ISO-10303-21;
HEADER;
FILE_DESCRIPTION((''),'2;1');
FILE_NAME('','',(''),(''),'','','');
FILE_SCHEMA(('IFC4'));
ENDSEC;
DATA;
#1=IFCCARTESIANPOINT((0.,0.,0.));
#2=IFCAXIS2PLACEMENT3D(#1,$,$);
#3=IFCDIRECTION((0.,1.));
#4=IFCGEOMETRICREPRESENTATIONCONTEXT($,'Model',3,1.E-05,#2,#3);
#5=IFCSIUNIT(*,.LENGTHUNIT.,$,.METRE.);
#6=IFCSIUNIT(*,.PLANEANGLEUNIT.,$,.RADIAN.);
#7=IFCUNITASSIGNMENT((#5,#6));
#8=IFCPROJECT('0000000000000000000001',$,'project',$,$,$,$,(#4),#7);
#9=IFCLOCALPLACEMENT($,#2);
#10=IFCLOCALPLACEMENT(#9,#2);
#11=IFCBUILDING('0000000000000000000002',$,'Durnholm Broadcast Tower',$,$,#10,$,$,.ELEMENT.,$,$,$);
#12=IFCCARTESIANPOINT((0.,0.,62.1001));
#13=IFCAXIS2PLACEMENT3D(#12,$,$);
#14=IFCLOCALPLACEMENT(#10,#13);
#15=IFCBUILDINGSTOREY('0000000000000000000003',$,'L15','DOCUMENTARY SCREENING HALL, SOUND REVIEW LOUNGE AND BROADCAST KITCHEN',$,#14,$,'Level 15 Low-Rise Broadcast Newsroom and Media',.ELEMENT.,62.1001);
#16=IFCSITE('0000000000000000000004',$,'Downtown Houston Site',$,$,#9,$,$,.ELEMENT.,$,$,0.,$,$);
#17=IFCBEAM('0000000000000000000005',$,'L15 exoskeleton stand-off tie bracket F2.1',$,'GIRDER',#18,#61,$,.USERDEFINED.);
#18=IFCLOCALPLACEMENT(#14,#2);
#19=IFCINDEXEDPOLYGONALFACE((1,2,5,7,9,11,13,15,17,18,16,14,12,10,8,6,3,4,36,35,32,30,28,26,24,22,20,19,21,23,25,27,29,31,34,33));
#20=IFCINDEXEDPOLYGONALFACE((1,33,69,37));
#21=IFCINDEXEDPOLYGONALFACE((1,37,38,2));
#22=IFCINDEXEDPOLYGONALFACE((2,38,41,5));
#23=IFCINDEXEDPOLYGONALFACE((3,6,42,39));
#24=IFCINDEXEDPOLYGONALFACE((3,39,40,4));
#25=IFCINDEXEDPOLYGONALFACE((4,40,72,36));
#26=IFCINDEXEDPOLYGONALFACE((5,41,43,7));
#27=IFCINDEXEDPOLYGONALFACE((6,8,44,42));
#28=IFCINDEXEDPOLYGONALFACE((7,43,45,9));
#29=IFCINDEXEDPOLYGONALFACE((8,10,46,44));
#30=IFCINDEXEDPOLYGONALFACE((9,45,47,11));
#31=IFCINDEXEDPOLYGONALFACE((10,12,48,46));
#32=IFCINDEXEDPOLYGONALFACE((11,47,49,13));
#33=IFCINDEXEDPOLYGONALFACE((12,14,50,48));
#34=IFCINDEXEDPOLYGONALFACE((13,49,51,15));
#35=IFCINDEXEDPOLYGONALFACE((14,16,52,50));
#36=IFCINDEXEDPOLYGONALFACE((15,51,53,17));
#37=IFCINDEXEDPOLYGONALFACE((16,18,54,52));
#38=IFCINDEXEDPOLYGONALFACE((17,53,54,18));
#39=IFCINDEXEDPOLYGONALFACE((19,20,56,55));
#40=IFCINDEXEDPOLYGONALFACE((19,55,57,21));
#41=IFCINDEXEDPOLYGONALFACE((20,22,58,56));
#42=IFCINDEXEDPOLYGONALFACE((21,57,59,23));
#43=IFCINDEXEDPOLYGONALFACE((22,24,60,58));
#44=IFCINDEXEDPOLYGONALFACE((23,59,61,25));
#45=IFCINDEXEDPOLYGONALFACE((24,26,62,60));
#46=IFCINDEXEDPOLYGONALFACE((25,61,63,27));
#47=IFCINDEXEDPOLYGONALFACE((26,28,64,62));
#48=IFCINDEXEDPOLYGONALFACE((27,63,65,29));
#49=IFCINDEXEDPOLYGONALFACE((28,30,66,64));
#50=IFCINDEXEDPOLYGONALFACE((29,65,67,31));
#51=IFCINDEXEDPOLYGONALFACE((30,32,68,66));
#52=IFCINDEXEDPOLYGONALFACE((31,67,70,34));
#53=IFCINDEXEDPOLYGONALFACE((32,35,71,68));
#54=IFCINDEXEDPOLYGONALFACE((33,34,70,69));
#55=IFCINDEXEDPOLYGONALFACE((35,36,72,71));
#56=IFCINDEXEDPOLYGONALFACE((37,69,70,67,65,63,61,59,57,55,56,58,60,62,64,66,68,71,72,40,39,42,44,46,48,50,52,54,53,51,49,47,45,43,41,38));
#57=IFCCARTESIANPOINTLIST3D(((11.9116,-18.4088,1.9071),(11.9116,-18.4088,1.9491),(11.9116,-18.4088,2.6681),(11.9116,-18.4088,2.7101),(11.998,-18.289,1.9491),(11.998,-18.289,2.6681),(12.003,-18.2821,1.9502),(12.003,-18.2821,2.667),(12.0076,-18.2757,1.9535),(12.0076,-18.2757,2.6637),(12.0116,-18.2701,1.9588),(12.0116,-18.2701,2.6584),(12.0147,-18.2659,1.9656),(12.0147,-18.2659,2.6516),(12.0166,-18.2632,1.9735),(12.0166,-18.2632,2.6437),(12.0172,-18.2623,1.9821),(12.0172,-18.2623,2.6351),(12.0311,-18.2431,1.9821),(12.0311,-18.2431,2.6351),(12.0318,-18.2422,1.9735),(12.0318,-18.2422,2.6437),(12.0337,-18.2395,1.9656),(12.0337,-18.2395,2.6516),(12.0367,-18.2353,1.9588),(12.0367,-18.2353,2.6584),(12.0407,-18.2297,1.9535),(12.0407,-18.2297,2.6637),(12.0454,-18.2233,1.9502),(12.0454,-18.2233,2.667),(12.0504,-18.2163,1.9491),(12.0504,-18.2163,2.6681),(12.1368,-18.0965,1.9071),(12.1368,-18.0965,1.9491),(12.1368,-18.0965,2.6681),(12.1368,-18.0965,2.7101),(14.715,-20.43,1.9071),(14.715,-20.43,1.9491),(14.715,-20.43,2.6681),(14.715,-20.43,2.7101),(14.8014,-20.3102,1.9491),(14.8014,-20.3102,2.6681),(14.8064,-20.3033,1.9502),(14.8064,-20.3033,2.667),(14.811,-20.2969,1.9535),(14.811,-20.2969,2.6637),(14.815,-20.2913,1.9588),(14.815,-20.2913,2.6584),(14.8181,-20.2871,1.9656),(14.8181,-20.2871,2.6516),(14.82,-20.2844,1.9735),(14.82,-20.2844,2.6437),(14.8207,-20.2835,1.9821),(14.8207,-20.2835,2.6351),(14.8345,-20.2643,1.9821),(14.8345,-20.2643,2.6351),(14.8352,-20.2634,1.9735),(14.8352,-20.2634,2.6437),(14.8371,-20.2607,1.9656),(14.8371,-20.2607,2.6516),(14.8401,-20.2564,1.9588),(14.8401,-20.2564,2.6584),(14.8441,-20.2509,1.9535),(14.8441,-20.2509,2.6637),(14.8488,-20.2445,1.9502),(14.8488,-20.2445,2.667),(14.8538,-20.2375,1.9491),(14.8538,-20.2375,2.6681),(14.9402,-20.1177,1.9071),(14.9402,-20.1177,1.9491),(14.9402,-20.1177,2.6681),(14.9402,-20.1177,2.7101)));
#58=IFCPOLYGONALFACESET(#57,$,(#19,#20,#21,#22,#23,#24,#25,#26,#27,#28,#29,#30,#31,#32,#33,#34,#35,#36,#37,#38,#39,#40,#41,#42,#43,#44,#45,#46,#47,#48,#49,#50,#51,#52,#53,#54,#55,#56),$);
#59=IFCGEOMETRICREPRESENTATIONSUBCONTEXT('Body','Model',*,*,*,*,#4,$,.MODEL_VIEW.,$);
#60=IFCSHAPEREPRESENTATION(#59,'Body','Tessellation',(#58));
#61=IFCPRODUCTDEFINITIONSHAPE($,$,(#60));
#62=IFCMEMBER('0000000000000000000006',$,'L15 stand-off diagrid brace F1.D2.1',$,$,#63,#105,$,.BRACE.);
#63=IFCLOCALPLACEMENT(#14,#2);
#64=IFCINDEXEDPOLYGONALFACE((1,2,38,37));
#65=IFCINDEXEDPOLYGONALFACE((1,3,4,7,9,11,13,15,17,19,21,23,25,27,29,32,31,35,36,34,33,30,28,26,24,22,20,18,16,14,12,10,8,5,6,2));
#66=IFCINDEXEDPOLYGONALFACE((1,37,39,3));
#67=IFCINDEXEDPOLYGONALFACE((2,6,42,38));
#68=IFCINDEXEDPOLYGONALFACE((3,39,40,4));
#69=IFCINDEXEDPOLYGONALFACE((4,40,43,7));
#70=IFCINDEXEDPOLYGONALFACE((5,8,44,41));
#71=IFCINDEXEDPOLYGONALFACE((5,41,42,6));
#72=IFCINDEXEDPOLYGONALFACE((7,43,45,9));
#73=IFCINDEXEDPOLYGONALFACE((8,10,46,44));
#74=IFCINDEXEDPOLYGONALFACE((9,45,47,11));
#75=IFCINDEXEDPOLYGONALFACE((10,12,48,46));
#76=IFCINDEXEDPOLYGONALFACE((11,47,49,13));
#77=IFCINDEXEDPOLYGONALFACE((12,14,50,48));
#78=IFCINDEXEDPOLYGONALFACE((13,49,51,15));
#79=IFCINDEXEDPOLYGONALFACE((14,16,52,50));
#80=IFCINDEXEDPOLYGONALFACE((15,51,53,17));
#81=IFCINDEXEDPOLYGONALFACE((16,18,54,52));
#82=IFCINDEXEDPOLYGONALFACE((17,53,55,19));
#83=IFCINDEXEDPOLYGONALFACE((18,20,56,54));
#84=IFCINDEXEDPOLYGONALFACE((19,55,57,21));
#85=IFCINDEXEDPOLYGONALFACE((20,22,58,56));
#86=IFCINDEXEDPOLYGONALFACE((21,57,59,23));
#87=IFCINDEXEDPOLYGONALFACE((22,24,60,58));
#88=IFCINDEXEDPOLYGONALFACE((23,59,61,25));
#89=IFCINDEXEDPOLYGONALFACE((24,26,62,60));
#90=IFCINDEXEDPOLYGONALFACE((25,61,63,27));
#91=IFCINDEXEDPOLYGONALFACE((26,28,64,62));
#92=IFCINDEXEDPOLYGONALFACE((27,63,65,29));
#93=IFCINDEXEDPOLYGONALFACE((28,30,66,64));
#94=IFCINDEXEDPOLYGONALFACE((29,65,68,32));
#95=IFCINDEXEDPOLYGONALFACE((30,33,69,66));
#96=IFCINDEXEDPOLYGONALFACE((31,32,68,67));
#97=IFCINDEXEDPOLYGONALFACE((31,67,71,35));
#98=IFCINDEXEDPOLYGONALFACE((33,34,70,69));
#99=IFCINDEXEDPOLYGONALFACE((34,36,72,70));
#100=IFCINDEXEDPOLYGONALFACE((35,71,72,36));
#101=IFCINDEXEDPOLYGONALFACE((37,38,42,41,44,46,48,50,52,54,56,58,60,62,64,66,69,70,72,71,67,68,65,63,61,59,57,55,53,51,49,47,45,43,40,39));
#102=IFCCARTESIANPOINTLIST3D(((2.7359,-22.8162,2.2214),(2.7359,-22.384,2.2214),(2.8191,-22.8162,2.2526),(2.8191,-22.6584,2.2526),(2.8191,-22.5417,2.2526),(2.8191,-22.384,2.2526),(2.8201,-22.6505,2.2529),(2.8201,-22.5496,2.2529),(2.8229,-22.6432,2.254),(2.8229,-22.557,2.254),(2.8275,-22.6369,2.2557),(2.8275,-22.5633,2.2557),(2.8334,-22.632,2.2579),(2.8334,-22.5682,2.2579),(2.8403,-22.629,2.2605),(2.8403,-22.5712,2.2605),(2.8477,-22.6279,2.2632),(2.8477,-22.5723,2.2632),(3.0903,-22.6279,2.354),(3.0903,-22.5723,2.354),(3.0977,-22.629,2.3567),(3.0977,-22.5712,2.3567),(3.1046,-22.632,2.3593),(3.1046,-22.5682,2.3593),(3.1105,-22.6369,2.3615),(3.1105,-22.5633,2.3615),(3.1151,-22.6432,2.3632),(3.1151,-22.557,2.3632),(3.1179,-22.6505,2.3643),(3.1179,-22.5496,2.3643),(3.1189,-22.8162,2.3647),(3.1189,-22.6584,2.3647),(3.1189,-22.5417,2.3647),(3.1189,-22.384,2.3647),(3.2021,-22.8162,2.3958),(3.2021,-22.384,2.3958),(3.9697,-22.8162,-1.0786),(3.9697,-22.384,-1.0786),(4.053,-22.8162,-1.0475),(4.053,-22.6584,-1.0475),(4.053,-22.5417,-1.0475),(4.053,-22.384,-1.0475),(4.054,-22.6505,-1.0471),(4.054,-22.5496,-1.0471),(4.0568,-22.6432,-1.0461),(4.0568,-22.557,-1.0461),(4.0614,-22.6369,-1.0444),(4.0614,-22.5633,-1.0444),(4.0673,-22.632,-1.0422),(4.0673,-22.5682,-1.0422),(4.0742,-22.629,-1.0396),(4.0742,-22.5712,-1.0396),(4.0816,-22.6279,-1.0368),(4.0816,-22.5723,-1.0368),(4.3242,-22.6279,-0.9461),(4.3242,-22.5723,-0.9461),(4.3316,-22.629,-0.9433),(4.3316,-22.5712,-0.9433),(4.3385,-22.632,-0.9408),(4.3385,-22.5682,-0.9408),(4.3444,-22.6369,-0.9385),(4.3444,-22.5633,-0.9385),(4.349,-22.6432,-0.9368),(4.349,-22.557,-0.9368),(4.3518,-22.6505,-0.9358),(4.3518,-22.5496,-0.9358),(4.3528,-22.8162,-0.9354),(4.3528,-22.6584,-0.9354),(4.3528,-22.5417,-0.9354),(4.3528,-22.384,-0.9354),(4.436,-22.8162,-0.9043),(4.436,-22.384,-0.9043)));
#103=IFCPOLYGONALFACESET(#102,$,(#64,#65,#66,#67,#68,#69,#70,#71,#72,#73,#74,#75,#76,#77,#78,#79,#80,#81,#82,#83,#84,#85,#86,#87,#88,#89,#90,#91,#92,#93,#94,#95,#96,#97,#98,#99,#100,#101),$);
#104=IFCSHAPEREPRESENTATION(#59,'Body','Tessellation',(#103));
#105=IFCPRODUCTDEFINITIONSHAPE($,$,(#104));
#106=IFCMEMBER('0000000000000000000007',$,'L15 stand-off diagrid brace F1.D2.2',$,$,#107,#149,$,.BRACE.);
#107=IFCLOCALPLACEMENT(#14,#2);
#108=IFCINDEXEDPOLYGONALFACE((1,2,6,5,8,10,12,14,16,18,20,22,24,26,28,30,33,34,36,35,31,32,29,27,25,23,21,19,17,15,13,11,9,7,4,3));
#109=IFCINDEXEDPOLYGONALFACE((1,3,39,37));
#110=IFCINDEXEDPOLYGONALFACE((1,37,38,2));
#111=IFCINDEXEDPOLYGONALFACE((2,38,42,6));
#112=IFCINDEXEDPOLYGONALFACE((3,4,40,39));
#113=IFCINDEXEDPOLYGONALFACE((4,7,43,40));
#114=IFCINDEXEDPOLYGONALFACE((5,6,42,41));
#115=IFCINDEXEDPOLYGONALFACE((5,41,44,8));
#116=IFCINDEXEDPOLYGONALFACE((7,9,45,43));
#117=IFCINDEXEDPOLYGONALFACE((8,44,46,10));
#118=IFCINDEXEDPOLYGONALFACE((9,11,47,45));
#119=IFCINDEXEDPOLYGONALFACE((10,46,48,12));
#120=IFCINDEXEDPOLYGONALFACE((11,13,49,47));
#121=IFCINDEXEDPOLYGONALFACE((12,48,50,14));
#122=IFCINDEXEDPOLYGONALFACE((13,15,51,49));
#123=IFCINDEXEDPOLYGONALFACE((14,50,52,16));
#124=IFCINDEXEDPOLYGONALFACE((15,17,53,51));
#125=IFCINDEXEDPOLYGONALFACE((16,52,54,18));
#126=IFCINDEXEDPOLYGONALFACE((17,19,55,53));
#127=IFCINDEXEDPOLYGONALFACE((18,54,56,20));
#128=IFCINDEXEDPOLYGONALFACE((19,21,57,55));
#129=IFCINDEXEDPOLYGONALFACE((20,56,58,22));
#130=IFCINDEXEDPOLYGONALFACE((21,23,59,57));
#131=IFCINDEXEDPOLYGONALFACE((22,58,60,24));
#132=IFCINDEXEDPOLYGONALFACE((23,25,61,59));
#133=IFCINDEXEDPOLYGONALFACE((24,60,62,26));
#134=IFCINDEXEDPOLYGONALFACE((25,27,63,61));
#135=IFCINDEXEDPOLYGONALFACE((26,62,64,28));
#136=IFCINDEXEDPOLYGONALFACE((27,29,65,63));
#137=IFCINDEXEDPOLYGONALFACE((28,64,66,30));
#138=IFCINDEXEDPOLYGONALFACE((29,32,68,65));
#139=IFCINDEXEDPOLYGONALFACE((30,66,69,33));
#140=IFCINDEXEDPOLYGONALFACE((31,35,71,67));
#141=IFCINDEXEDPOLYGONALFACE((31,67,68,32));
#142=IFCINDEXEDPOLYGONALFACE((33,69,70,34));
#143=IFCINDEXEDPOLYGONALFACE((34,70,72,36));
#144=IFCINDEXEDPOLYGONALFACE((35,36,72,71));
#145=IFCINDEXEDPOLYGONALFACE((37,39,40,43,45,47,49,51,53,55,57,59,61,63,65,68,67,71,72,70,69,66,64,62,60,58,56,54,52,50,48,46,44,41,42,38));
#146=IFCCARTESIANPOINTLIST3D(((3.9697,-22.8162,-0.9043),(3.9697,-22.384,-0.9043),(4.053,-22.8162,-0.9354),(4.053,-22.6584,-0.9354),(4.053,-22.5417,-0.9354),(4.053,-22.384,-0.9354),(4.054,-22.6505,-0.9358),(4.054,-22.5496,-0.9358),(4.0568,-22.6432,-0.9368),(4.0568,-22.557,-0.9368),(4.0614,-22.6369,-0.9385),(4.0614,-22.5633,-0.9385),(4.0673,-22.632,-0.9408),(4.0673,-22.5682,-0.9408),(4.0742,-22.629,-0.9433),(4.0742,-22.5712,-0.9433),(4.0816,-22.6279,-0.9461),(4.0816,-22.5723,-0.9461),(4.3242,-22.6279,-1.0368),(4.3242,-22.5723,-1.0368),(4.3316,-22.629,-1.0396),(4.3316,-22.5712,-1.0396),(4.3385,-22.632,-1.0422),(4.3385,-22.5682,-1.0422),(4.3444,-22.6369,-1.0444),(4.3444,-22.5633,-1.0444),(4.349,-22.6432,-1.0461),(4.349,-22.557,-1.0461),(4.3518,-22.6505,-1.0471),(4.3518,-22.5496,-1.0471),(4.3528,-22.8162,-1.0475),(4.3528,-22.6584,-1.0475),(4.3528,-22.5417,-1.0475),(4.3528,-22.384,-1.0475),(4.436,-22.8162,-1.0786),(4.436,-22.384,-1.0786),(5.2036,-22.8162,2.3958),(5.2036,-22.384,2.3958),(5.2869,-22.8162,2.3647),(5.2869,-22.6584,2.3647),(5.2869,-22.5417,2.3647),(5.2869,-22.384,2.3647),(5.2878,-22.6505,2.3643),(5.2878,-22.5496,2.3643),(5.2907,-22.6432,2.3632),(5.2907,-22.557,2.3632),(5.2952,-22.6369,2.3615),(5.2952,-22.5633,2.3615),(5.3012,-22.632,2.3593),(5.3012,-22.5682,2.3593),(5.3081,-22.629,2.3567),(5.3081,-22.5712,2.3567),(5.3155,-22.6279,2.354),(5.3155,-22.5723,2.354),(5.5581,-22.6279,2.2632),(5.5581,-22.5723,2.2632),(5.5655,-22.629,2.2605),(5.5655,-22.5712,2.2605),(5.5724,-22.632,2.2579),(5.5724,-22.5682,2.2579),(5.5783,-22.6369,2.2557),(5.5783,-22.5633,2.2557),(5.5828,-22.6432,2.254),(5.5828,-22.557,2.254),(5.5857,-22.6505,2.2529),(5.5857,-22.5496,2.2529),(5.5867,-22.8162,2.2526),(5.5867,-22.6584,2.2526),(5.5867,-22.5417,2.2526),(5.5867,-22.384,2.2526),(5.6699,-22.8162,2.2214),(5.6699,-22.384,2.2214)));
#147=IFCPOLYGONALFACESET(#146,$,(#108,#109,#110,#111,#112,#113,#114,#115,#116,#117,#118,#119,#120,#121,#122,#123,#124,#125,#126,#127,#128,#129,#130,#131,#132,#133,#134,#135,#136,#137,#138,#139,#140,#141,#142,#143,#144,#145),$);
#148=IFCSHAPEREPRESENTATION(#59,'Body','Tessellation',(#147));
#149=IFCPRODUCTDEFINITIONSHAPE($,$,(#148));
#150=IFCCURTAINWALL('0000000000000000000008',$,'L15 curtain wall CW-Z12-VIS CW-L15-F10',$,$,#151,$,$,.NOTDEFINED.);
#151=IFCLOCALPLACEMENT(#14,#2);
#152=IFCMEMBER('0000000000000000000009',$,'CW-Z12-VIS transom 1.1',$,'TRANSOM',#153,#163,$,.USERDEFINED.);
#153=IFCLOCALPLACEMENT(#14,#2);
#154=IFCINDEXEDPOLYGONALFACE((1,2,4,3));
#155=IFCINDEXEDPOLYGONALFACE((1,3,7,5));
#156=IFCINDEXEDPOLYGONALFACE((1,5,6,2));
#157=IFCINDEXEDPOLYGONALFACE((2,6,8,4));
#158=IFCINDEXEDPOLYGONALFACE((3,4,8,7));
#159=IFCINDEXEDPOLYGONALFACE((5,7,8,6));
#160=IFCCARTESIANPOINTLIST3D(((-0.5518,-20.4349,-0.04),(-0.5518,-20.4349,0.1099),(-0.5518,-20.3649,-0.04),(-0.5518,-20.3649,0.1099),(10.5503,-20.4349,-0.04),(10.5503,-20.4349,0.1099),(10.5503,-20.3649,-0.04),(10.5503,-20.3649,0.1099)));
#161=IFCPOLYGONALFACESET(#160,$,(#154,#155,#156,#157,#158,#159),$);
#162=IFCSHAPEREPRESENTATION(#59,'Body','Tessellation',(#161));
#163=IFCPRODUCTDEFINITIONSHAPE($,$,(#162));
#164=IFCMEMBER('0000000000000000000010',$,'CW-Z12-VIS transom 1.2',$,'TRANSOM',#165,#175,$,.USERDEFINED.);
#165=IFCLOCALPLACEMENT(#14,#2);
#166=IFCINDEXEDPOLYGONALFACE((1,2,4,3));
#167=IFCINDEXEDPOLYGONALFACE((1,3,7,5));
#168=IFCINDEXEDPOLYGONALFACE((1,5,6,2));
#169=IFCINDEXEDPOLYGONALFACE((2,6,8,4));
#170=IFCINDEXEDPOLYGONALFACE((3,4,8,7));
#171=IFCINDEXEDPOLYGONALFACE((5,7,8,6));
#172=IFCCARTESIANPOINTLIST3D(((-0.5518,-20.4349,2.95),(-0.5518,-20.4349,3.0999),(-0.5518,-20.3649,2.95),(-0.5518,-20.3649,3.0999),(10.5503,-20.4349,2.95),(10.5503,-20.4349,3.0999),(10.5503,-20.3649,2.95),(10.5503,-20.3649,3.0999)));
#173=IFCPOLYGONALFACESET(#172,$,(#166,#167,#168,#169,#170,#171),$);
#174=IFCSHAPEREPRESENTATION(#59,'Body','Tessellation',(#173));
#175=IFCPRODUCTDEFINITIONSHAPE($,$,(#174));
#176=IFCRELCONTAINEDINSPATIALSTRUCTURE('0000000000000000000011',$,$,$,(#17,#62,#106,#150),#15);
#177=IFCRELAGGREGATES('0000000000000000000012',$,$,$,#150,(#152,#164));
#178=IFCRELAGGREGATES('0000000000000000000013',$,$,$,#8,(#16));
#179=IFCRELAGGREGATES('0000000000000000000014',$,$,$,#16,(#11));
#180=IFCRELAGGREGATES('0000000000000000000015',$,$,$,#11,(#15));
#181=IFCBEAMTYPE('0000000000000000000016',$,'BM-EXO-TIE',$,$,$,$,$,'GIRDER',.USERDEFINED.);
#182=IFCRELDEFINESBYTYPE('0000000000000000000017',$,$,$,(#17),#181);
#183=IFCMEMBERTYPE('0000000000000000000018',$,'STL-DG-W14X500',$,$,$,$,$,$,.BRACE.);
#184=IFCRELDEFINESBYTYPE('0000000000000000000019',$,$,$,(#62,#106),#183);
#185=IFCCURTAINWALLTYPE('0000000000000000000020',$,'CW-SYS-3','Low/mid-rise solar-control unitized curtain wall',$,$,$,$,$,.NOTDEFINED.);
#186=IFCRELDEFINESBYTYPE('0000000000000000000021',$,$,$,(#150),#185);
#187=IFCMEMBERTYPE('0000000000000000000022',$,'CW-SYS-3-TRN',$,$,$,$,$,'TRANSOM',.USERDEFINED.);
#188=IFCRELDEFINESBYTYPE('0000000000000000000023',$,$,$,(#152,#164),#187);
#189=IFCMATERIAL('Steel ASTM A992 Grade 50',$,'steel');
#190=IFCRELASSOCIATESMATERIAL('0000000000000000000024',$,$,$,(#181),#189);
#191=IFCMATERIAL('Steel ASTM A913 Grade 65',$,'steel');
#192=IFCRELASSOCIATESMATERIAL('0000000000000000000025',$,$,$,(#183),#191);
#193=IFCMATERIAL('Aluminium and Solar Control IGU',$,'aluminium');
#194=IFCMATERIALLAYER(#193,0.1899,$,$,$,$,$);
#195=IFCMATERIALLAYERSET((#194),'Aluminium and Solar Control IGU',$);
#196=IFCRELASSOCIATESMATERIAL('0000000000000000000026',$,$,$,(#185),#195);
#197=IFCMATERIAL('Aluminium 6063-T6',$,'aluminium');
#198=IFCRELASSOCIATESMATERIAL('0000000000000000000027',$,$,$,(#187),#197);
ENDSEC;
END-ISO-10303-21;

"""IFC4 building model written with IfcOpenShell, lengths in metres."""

from ifc_helpers import new_model, si_unit, direction, frame, origin, origin_2d, place, context, subcontext, project, spatial, rectangle, i_section, extrude, source, transform, mapped, material, layer, layer_set, material_profile, profile_set, type_object, type_shapes, element, aggregate, save


model = new_model("IFC4")

# Units and contexts
model_context = context("Model", 3, precision=1e-05, world=origin(), true_north=direction((0.0, 1.0)))
body_context = subcontext(model_context, "Body", "Model", "MODEL_VIEW")
ifc_project = project(units=[si_unit("LENGTHUNIT", "METRE"), si_unit("PLANEANGLEUNIT", "RADIAN")], contexts=[model_context])

# Site, building, storey
site_placement = place(None, origin())
site = spatial("IfcSite", under=ifc_project, at=site_placement, Name="Downtown Houston Site", CompositionType="ELEMENT", RefElevation=0.0)
building_placement = place(site_placement, origin())
building = spatial("IfcBuilding", under=site, at=building_placement, Name="Durnholm Broadcast Tower", CompositionType="ELEMENT")
storey_placement = place(building_placement, frame((0.0, 0.0, 62.1001)))
storey = spatial("IfcBuildingStorey", under=building, at=storey_placement, Name="L15", Description="DOCUMENTARY SCREENING HALL, SOUND REVIEW LOUNGE AND BROADCAST KITCHEN", LongName="Level 15 Low-Rise Broadcast Newsroom and Media", CompositionType="ELEMENT", Elevation=62.1001)

# Beam
ifc_material_1 = material(Name="Steel ASTM A992 Grade 50", Category="steel")
ifc_material_profile_1 = material_profile(ifc_material_1, i_section(OverallWidth=0.385, OverallDepth=0.803, WebThickness=0.0237, FlangeThickness=0.042, FilletRadius=0.033, at=origin_2d()), Name="W30X261")
ifc_profile_set_1 = profile_set([ifc_material_profile_1], Name="Steel ASTM A992 Grade 50")
beam_type_1 = type_object("IfcBeamType", Name="BM-EXO-TIE", ElementType="GIRDER", PredefinedType="USERDEFINED", material=ifc_profile_set_1)
shared_shape_1 = source(origin(), body_context, "Body", "SweptSolid", [
    extrude(i_section(OverallWidth=0.385, OverallDepth=0.803, WebThickness=0.0237, FlangeThickness=0.042, FilletRadius=0.033, at=origin_2d()), origin(), (0.0, 0.0, 1.0), 3.4561),
])
type_shapes(beam_type_1, [shared_shape_1])
for number, where, z_axis, x_axis, name in (
    (1, (12.0242, -18.2527, 2.3086), (0.811158, -0.584828, 0.0), (0.584828, 0.811158, 0.0), "L15 exoskeleton stand-off tie bracket F2.1"),
):
    element("IfcBeam", number, at=place(storey_placement, frame(where, z_axis=z_axis, x_axis=x_axis)), inside=storey, type_object=beam_type_1, Name=name, ObjectType="GIRDER", PredefinedType="USERDEFINED", context=body_context, shape_type="MappedRepresentation", body=[
        mapped(shared_shape_1, transform((0.0, 0.0, 0.0), x_axis=(1.0, 0.0, 0.0), y_axis=(0.0, 1.0, 0.0), z_axis=(0.0, 0.0, 1.0), scale=1.0)),
    ])

# Members
ifc_material_2 = material(Name="Steel ASTM A913 Grade 65", Category="steel")
ifc_material_profile_2 = material_profile(ifc_material_2, i_section(OverallWidth=0.4321, OverallDepth=0.4978, WebThickness=0.0557, FlangeThickness=0.0889, FilletRadius=0.0305, at=origin_2d()), Name="W14X500")
ifc_profile_set_2 = profile_set([ifc_material_profile_2], Name="Steel ASTM A913 Grade 65")
member_type_1 = type_object("IfcMemberType", Name="STL-DG-W14X500", PredefinedType="BRACE", material=ifc_profile_set_2)
shared_shape_2 = source(origin(), body_context, "Body", "SweptSolid", [
    extrude(i_section(OverallWidth=0.4321, OverallDepth=0.4978, WebThickness=0.0557, FlangeThickness=0.0889, FilletRadius=0.0305, at=origin_2d()), origin(), (0.0, 0.0, 1.0), 3.5232),
])
type_shapes(member_type_1, [shared_shape_2])
for number, where, z_axis, x_axis, name in (
    (2, (4.2029, -22.6001, -0.9915), (-0.35022, 0.0, 0.936668), (0.0, -1.0, 0.0), "L15 stand-off diagrid brace F1.D2.1"),
    (3, (4.2029, -22.6001, -0.9915), (0.35022, 0.0, 0.936668), (0.0, 1.0, 0.0), "L15 stand-off diagrid brace F1.D2.2"),
):
    element("IfcMember", number, at=place(storey_placement, frame(where, z_axis=z_axis, x_axis=x_axis)), inside=storey, type_object=member_type_1, Name=name, PredefinedType="BRACE", context=body_context, shape_type="MappedRepresentation", body=[
        mapped(shared_shape_2, transform((0.0, 0.0, 0.0), x_axis=(1.0, 0.0, 0.0), y_axis=(0.0, 1.0, 0.0), z_axis=(0.0, 0.0, 1.0), scale=1.0)),
    ])

# Curtain wall, members
ifc_material_3 = material(Name="Aluminium and Solar Control IGU", Category="aluminium")
ifc_layer_1 = layer(ifc_material_3, 0.1899)
ifc_layer_set_1 = layer_set([ifc_layer_1], Name="Aluminium and Solar Control IGU")
curtain_wall_type_1 = type_object("IfcCurtainWallType", Name="CW-SYS-3", Description="Low/mid-rise solar-control unitized curtain wall", PredefinedType="NOTDEFINED", material=ifc_layer_set_1)
curtain_wall_1_placement = place(storey_placement, origin())
curtain_wall_1 = element("IfcCurtainWall", 4, at=curtain_wall_1_placement, inside=storey, type_object=curtain_wall_type_1, Name="L15 curtain wall CW-Z12-VIS CW-L15-F10", PredefinedType="NOTDEFINED")
ifc_material_4 = material(Name="Aluminium 6063-T6", Category="aluminium")
ifc_material_profile_3 = material_profile(ifc_material_4, rectangle(XDim=0.0701, YDim=0.1499, at=origin_2d()), Name="CWT70X150")
ifc_profile_set_3 = profile_set([ifc_material_profile_3], Name="Aluminium 6063-T6")
member_type_2 = type_object("IfcMemberType", Name="CW-SYS-3-TRN", ElementType="TRANSOM", PredefinedType="USERDEFINED", material=ifc_profile_set_3)
shared_shape_3 = source(origin(), body_context, "Body", "SweptSolid", [
    extrude(rectangle(XDim=0.0701, YDim=0.1499, at=origin_2d()), origin(), (0.0, 0.0, 1.0), 11.1021),
])
type_shapes(member_type_2, [shared_shape_3])
member_1_placement = place(storey_placement, frame((10.5503, -20.3999, 0.0349), z_axis=(-1.0, 0.0, 0.0), x_axis=(0.0, -1.0, 0.0)))
member_1 = element("IfcMember", 5, at=member_1_placement, type_object=member_type_2, Name="CW-Z12-VIS transom 1.1", ObjectType="TRANSOM", PredefinedType="USERDEFINED", context=body_context, shape_type="MappedRepresentation", body=[
    mapped(shared_shape_3, transform((0.0, 0.0, 0.0), x_axis=(1.0, 0.0, 0.0), y_axis=(0.0, 1.0, 0.0), z_axis=(0.0, 0.0, 1.0), scale=1.0)),
])
member_2_placement = place(storey_placement, frame((10.5503, -20.3999, 3.0249), z_axis=(-1.0, 0.0, 0.0), x_axis=(0.0, -1.0, 0.0)))
member_2 = element("IfcMember", 6, at=member_2_placement, type_object=member_type_2, Name="CW-Z12-VIS transom 1.2", ObjectType="TRANSOM", PredefinedType="USERDEFINED", context=body_context, shape_type="MappedRepresentation", body=[
    mapped(shared_shape_3, transform((0.0, 0.0, 0.0), x_axis=(1.0, 0.0, 0.0), y_axis=(0.0, 1.0, 0.0), z_axis=(0.0, 0.0, 1.0), scale=1.0)),
])

aggregate(curtain_wall_1, [member_1, member_2])

save(model, "model.ifc")
